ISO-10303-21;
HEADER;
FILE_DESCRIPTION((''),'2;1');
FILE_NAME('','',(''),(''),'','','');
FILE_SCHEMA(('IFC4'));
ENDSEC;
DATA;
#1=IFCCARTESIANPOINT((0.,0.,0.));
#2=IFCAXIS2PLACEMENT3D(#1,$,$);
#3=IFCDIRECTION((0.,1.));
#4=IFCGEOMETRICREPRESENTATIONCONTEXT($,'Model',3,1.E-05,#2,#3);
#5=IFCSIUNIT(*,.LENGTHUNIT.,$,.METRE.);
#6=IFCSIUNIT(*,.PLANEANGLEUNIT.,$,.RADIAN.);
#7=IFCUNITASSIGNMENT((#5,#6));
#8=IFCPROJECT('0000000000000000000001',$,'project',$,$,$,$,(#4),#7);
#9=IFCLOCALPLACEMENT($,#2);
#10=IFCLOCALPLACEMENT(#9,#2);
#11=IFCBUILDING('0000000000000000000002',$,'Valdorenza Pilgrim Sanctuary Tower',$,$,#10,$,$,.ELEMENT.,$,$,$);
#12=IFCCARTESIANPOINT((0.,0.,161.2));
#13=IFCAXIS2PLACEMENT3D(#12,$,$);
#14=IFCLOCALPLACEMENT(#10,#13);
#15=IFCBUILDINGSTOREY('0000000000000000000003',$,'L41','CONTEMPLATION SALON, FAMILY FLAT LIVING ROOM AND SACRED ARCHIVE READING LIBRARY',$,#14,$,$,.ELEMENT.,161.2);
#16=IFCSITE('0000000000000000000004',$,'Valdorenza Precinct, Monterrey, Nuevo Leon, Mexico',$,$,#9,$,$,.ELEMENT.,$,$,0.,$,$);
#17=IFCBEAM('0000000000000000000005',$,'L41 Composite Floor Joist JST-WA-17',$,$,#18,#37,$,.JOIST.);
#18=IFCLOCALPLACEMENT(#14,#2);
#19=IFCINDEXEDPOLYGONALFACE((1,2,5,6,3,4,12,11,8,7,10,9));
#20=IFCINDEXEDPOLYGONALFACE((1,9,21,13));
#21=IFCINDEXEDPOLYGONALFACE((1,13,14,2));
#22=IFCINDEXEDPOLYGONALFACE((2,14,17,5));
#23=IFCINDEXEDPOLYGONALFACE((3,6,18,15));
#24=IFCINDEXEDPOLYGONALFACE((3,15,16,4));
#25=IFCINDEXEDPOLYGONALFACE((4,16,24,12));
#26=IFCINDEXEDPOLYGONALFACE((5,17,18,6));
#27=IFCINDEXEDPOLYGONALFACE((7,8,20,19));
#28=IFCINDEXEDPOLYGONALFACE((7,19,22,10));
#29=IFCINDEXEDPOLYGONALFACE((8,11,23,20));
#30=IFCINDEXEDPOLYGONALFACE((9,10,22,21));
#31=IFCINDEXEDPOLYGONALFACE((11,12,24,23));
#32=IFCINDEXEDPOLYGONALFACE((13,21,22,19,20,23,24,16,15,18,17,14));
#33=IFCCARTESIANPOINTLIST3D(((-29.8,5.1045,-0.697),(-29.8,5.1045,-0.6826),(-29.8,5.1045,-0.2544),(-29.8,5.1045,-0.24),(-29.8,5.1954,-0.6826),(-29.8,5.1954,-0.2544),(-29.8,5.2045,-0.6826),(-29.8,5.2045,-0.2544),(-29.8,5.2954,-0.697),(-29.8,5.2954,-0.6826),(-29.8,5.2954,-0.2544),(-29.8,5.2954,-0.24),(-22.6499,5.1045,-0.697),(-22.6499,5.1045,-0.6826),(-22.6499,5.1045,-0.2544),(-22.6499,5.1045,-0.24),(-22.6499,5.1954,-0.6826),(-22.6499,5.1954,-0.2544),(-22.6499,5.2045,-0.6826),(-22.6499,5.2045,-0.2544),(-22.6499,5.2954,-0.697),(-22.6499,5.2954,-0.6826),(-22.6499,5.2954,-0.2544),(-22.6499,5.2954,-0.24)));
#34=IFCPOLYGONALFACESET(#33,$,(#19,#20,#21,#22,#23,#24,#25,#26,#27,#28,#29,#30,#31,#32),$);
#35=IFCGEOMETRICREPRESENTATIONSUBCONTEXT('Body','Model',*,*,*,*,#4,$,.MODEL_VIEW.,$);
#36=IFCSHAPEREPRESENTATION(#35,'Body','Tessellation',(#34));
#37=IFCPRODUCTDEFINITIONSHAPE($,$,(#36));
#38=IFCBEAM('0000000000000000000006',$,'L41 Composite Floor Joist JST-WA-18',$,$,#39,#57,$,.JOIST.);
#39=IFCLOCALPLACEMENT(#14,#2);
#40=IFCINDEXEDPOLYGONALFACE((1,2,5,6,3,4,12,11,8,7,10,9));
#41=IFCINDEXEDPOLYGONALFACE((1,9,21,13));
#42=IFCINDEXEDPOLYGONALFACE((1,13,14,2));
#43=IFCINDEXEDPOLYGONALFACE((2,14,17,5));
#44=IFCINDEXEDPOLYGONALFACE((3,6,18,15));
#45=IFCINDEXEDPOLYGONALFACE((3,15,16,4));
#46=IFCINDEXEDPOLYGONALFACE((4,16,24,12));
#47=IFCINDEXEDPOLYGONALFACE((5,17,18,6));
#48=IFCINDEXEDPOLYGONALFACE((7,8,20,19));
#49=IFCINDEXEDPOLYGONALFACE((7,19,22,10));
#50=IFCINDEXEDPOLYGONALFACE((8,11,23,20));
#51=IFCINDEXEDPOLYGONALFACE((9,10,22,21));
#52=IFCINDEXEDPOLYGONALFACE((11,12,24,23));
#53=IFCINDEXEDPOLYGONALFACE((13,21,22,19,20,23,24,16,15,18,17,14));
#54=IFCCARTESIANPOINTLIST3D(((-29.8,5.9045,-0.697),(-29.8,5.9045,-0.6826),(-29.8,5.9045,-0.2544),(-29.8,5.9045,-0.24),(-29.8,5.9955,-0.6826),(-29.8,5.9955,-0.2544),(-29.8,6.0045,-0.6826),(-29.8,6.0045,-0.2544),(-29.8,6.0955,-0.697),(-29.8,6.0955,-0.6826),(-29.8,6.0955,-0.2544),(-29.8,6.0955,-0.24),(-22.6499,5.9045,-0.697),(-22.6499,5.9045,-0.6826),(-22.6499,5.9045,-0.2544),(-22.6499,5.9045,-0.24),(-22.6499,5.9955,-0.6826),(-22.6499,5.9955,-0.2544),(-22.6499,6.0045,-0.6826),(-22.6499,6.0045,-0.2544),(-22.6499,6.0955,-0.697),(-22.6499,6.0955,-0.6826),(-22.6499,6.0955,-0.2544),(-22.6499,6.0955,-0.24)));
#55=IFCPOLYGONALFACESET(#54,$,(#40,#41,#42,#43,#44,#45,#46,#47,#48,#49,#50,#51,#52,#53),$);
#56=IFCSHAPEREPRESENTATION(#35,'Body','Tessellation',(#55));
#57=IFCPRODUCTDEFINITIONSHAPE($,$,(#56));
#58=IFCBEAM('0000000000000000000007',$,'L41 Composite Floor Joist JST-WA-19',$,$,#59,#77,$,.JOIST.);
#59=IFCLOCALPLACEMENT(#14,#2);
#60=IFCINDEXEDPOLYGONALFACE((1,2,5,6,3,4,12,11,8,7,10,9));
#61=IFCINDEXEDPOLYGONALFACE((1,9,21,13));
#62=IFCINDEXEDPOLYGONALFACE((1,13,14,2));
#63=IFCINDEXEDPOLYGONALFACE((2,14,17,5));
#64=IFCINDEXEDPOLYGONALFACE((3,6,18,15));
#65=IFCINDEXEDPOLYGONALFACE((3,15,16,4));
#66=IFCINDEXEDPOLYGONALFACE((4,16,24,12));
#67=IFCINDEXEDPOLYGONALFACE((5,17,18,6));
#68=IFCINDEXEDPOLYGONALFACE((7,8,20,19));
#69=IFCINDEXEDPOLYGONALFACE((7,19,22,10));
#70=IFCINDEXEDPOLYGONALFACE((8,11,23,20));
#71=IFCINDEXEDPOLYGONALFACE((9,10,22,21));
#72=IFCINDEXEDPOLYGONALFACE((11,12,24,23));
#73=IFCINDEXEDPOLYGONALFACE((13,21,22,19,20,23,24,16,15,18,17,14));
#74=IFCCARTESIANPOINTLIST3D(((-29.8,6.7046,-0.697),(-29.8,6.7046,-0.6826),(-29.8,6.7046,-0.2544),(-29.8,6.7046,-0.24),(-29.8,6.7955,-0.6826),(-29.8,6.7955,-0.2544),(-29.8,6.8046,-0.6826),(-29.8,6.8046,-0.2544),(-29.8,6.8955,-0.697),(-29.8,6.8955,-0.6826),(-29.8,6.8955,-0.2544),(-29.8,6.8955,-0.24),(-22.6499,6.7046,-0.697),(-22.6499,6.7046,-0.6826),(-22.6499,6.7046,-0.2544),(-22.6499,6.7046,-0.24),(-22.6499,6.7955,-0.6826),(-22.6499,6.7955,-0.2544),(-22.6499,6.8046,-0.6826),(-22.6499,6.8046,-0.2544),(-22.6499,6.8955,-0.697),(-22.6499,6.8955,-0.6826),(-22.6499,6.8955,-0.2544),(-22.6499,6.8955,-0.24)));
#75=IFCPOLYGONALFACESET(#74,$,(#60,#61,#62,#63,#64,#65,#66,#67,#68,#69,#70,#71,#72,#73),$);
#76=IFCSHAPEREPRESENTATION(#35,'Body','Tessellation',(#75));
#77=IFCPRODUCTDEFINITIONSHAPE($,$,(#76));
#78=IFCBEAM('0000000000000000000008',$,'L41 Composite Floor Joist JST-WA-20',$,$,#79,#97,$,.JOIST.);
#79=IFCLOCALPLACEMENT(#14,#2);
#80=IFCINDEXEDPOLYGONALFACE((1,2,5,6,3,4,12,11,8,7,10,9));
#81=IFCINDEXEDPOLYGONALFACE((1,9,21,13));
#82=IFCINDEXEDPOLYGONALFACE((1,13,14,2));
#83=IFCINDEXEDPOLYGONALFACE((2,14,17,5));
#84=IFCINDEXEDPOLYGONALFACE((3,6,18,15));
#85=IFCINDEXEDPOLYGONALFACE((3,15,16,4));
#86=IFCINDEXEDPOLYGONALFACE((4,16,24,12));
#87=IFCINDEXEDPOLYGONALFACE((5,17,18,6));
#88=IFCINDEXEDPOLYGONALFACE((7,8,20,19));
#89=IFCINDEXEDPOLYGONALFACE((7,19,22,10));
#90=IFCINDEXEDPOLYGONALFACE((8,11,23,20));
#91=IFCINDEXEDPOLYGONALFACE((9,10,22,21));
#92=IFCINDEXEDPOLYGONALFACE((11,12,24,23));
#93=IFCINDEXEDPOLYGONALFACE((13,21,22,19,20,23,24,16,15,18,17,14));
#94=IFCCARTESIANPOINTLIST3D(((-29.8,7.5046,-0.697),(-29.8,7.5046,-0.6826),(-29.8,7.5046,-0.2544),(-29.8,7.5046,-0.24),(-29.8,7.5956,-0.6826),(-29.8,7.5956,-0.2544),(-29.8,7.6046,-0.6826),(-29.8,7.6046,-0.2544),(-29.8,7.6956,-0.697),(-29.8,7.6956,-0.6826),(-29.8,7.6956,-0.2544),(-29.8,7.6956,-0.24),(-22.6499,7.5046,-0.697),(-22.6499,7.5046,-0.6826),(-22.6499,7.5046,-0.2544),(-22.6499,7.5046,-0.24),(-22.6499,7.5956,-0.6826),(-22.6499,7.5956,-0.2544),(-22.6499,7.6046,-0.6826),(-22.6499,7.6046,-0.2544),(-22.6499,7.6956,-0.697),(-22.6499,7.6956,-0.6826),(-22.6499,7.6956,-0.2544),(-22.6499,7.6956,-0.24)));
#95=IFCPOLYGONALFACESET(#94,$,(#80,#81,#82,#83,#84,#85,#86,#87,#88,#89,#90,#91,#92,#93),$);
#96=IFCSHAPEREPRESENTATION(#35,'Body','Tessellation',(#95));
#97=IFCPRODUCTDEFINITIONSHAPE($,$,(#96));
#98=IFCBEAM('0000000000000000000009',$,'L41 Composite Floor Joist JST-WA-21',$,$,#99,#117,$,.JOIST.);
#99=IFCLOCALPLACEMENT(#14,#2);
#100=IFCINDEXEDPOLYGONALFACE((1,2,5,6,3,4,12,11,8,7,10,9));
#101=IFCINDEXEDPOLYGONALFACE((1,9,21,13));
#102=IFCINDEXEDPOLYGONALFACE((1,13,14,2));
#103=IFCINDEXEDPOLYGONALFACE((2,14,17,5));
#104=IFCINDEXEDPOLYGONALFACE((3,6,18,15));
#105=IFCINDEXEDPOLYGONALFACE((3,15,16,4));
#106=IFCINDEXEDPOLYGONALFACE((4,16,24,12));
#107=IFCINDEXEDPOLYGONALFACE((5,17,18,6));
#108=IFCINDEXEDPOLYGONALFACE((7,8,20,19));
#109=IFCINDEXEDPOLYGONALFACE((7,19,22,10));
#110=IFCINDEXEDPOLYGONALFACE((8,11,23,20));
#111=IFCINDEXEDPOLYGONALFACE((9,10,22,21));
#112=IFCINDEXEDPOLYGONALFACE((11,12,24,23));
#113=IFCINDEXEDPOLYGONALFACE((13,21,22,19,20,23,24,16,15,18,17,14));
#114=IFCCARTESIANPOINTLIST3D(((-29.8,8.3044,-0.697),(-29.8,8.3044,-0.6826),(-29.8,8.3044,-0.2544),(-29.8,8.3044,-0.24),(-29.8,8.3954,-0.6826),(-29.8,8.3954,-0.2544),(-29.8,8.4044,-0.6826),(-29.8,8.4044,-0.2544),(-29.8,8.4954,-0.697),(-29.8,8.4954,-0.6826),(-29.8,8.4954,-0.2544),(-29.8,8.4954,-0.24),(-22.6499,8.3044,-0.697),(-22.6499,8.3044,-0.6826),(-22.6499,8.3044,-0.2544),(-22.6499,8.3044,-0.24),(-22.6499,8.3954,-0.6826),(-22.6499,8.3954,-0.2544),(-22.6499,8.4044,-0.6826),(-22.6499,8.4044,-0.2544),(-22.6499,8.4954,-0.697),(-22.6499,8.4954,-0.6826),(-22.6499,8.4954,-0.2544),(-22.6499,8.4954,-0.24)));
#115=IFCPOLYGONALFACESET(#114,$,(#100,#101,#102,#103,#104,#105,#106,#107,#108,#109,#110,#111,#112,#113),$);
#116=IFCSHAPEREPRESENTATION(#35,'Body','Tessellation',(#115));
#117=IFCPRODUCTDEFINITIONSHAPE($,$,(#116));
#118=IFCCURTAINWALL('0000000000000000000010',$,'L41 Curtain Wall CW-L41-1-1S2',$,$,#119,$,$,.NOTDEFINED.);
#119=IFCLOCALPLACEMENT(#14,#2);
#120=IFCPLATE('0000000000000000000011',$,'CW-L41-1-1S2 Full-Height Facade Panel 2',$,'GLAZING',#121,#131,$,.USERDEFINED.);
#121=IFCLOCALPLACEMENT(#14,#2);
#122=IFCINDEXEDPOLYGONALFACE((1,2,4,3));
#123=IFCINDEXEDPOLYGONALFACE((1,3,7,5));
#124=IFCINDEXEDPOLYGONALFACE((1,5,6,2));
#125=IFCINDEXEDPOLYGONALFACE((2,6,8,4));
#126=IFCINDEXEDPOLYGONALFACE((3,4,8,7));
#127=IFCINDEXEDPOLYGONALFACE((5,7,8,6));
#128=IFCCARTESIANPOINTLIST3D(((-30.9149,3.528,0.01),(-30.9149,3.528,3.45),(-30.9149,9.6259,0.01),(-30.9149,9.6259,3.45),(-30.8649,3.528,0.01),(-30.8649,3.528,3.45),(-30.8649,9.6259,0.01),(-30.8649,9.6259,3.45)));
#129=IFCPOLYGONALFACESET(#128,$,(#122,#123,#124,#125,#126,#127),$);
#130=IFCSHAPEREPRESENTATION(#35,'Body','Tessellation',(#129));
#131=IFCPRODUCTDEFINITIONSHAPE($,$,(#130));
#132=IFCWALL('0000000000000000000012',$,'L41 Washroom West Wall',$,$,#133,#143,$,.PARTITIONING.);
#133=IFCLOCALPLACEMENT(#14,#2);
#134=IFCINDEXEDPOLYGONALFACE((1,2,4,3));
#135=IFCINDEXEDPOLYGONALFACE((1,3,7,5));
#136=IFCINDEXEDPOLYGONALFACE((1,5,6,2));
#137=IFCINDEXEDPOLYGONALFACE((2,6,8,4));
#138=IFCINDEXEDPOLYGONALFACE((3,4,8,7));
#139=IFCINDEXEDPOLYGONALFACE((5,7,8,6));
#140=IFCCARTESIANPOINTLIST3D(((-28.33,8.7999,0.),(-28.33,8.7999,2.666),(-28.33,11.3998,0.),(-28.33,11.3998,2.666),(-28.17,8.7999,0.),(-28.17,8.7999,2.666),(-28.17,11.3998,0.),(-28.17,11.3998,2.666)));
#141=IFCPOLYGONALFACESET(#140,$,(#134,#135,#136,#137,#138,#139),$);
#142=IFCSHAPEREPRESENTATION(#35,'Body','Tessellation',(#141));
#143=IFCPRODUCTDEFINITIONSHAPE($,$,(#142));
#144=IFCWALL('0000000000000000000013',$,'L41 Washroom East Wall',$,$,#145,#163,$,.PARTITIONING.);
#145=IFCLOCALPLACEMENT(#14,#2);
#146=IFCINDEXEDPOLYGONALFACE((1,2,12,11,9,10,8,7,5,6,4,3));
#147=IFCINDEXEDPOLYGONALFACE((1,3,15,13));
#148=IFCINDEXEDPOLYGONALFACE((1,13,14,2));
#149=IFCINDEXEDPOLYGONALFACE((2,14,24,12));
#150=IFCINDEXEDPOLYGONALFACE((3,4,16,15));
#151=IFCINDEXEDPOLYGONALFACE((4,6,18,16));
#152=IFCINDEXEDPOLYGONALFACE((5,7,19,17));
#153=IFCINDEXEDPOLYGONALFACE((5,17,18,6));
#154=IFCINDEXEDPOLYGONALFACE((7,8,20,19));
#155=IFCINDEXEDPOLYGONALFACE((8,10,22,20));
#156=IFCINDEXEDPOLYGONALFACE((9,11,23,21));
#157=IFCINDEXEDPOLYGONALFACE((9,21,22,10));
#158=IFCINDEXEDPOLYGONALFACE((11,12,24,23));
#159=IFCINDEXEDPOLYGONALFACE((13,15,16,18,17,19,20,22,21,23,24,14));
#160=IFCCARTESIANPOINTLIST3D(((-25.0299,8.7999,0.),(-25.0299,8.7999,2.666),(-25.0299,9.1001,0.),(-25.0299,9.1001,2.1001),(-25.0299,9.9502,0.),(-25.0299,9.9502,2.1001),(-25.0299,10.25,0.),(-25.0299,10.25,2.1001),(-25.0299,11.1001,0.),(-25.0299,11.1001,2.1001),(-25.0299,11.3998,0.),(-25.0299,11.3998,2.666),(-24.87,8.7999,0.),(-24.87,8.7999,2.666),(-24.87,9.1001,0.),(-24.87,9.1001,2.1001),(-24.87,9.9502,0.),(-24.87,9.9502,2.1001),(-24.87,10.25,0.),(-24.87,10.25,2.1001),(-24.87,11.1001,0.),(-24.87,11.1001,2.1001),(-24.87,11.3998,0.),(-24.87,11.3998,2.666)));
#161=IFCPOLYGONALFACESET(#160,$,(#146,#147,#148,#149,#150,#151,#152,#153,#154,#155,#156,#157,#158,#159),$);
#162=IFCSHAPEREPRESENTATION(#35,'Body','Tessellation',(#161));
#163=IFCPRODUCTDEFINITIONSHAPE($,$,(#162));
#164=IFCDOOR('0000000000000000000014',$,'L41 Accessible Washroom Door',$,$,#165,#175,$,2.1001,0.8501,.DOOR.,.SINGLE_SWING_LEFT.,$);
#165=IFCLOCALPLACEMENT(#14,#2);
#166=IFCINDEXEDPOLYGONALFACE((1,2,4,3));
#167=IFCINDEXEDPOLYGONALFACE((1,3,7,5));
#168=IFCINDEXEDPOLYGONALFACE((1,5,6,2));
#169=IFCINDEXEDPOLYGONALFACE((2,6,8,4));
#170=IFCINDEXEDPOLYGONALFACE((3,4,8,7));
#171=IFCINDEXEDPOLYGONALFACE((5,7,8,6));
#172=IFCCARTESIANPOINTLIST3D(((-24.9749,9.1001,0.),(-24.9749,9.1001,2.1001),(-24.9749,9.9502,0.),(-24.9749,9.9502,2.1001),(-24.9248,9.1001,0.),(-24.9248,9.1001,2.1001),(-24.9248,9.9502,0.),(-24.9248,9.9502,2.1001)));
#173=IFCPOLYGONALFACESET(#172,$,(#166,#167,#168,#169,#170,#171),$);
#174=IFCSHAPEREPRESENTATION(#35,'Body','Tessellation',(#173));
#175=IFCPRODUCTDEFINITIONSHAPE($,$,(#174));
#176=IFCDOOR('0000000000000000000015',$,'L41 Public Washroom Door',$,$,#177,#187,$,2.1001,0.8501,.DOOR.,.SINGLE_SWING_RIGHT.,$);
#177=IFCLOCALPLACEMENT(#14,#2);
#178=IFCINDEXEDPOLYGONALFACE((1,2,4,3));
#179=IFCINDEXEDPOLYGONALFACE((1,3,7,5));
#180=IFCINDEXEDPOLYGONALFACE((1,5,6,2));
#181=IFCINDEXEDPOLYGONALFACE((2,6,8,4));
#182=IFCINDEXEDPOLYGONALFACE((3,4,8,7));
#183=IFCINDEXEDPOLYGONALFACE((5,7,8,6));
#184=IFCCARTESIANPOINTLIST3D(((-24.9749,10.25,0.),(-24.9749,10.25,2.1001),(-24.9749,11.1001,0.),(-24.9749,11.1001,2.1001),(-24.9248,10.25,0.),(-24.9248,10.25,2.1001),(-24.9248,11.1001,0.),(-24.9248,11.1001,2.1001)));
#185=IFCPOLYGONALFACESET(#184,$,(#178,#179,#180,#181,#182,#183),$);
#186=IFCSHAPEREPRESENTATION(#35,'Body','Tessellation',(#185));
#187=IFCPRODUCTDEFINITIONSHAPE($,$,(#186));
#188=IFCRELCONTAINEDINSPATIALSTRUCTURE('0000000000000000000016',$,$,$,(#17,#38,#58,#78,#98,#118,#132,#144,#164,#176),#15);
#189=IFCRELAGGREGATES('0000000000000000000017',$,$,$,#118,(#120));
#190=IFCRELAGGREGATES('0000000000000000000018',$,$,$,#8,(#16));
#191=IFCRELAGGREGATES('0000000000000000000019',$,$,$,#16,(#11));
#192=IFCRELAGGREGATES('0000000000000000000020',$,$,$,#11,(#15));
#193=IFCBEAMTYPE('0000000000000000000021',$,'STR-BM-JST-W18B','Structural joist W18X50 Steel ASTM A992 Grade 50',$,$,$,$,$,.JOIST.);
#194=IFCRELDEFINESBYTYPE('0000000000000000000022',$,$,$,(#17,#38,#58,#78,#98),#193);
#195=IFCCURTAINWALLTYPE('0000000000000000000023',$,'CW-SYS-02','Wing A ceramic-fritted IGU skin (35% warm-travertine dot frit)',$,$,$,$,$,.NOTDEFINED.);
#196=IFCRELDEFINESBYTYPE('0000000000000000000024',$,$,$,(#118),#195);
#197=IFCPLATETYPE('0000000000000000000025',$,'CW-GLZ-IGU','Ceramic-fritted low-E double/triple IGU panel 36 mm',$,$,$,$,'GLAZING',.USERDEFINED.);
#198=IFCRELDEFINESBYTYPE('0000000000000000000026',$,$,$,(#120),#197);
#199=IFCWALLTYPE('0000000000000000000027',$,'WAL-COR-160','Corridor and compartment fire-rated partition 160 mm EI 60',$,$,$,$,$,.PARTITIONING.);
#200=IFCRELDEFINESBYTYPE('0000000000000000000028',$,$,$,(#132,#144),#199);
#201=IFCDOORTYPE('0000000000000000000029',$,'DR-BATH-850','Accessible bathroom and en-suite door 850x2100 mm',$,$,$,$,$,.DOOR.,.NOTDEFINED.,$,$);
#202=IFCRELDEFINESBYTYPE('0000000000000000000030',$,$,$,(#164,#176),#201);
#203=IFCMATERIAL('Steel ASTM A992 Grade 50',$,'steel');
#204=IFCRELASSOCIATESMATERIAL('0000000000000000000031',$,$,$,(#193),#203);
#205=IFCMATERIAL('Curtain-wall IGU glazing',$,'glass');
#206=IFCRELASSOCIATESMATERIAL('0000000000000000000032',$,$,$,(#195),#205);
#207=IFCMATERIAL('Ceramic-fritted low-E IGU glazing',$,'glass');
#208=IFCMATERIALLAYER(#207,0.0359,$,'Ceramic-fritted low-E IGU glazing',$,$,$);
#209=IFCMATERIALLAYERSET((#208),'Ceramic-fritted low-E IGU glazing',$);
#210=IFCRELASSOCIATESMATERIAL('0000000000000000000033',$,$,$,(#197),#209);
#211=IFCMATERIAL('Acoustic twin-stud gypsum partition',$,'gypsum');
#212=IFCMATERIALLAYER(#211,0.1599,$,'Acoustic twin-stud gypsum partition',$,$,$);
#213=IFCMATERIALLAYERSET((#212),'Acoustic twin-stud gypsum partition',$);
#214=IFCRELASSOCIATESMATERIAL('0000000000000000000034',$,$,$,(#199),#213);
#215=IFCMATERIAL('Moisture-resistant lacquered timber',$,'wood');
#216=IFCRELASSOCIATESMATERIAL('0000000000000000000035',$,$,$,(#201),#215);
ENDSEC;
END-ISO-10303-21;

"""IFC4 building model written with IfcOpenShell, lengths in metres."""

from ifc_helpers import new_model, si_unit, direction, frame, frame_2d, origin, origin_2d, place, context, subcontext, project, spatial, rectangle, i_section, extrude, source, transform, mapped, material, layer, layer_set, material_profile, profile_set, type_object, element, fill, aggregate, save


model = new_model("IFC4")

# Units and contexts
model_context = context("Model", 3, precision=1e-05, world=origin(), true_north=direction((0.0, 1.0)))
body_context = subcontext(model_context, "Body", "Model", "MODEL_VIEW")
ifc_project = project(units=[si_unit("LENGTHUNIT", "METRE"), si_unit("PLANEANGLEUNIT", "RADIAN")], contexts=[model_context])

# Site, building, storey
site_placement = place(None, origin())
site = spatial("IfcSite", under=ifc_project, at=site_placement, Name="Valdorenza Precinct, Monterrey, Nuevo Leon, Mexico", CompositionType="ELEMENT", RefElevation=0.0)
building_placement = place(site_placement, origin())
building = spatial("IfcBuilding", under=site, at=building_placement, Name="Valdorenza Pilgrim Sanctuary Tower", CompositionType="ELEMENT")
storey_placement = place(building_placement, frame((0.0, 0.0, 161.2)))
storey = spatial("IfcBuildingStorey", under=building, at=storey_placement, Name="L41", Description="CONTEMPLATION SALON, FAMILY FLAT LIVING ROOM AND SACRED ARCHIVE READING LIBRARY", CompositionType="ELEMENT", Elevation=161.2)

# Beams
ifc_material_1 = material(Name="Steel ASTM A992 Grade 50", Category="steel")
ifc_material_profile = material_profile(ifc_material_1, i_section(OverallWidth=0.1909, OverallDepth=0.457, WebThickness=0.009, FlangeThickness=0.0144, at=origin_2d()), Name="W18X50")
ifc_profile_set = profile_set([ifc_material_profile], Name="Steel ASTM A992 Grade 50")
beam_type = type_object("IfcBeamType", Name="STR-BM-JST-W18B", Description="Structural joist W18X50 Steel ASTM A992 Grade 50", PredefinedType="JOIST", material=ifc_profile_set)
shared_shape_1 = source(origin(), body_context, "Body", "SweptSolid", [
    extrude(i_section(OverallWidth=0.1909, OverallDepth=0.457, WebThickness=0.009, FlangeThickness=0.0144, at=origin_2d()), origin(), (0.0, 0.0, 1.0), 7.1501),
])
for number, where, z_axis, x_axis, name in (
    (1, (-29.8, 5.2, -0.4685), (1.0, 0.0, 0.0), (0.0, 1.0, 0.0), "L41 Composite Floor Joist JST-WA-17"),
    (2, (-29.8, 6.0, -0.4685), (1.0, 0.0, 0.0), (0.0, 1.0, 0.0), "L41 Composite Floor Joist JST-WA-18"),
    (3, (-29.8, 6.8, -0.4685), (1.0, 0.0, 0.0), (0.0, 1.0, 0.0), "L41 Composite Floor Joist JST-WA-19"),
    (4, (-29.8, 7.6001, -0.4685), (1.0, 0.0, 0.0), (0.0, 1.0, 0.0), "L41 Composite Floor Joist JST-WA-20"),
    (5, (-29.8, 8.3999, -0.4685), (1.0, 0.0, 0.0), (0.0, 1.0, 0.0), "L41 Composite Floor Joist JST-WA-21"),
):
    element("IfcBeam", number, at=place(storey_placement, frame(where, z_axis=z_axis, x_axis=x_axis)), inside=storey, type_object=beam_type, Name=name, PredefinedType="JOIST", context=body_context, shape_type="MappedRepresentation", body=[
        mapped(shared_shape_1, transform((0.0, 0.0, 0.0), x_axis=(1.0, 0.0, 0.0), y_axis=(0.0, 1.0, 0.0), z_axis=(0.0, 0.0, 1.0), scale=1.0)),
    ])

# Curtain wall, plate
ifc_material_2 = material(Name="Curtain-wall IGU glazing", Category="glass")
curtain_wall_type = type_object("IfcCurtainWallType", Name="CW-SYS-02", Description="Wing A ceramic-fritted IGU skin (35% warm-travertine dot frit)", PredefinedType="NOTDEFINED", material=ifc_material_2)
curtain_wall_placement = place(storey_placement, origin())
curtain_wall = element("IfcCurtainWall", 6, at=curtain_wall_placement, inside=storey, type_object=curtain_wall_type, Name="L41 Curtain Wall CW-L41-1-1S2", PredefinedType="NOTDEFINED")
ifc_material_3 = material(Name="Ceramic-fritted low-E IGU glazing", Category="glass")
ifc_layer_1 = layer(ifc_material_3, 0.0359, Name="Ceramic-fritted low-E IGU glazing")
ifc_layer_set_1 = layer_set([ifc_layer_1], Name="Ceramic-fritted low-E IGU glazing")
plate_type = type_object("IfcPlateType", Name="CW-GLZ-IGU", Description="Ceramic-fritted low-E double/triple IGU panel 36 mm", ElementType="GLAZING", PredefinedType="USERDEFINED", material=ifc_layer_set_1)
shared_shape_2 = source(origin(), body_context, "Body", "SweptSolid", [
    extrude(rectangle(XDim=6.0979, YDim=0.05, at=origin_2d()), origin(), (0.0, 0.0, 1.0), 3.4399),
])
plate_placement = place(storey_placement, frame((-30.8899, 6.5769, 0.01), z_axis=(0.0, 0.0, 1.0), x_axis=(0.0, 1.0, 0.0)))
plate = element("IfcPlate", 7, at=plate_placement, type_object=plate_type, Name="CW-L41-1-1S2 Full-Height Facade Panel 2", ObjectType="GLAZING", PredefinedType="USERDEFINED", context=body_context, shape_type="MappedRepresentation", body=[
    mapped(shared_shape_2, transform((0.0, 0.0, 0.0), x_axis=(1.0, 0.0, 0.0), y_axis=(0.0, 1.0, 0.0), z_axis=(0.0, 0.0, 1.0), scale=1.0)),
])
aggregate(curtain_wall, [plate])

# Wall
ifc_material_4 = material(Name="Acoustic twin-stud gypsum partition", Category="gypsum")
ifc_layer_2 = layer(ifc_material_4, 0.1599, Name="Acoustic twin-stud gypsum partition")
ifc_layer_set_2 = layer_set([ifc_layer_2], Name="Acoustic twin-stud gypsum partition")
wall_type = type_object("IfcWallType", Name="WAL-COR-160", Description="Corridor and compartment fire-rated partition 160 mm EI 60", PredefinedType="PARTITIONING", material=ifc_layer_set_2)
wall_1_placement = place(storey_placement, frame((-28.25, 8.8, 0.0), z_axis=(0.0, 0.0, 1.0), x_axis=(0.0, 1.0, 0.0)))
element("IfcWall", 8, at=wall_1_placement, inside=storey, type_object=wall_type, Name="L41 Washroom West Wall", PredefinedType="PARTITIONING", context=body_context, shape_type="SweptSolid", body=[
    extrude(rectangle(XDim=2.5999, YDim=0.1599, at=frame_2d((1.2998, 0.0))), origin(), (0.0, 0.0, 1.0), 2.666),
])

# Wall, openings, doors
wall_2_placement = place(storey_placement, frame((-24.95, 8.8, 0.0), z_axis=(0.0, 0.0, 1.0), x_axis=(0.0, 1.0, 0.0)))
wall_2 = element("IfcWall", 9, at=wall_2_placement, inside=storey, type_object=wall_type, Name="L41 Washroom East Wall", PredefinedType="PARTITIONING", context=body_context, shape_type="SweptSolid", body=[
    extrude(rectangle(XDim=2.5999, YDim=0.1599, at=frame_2d((1.2998, 0.0))), origin(), (0.0, 0.0, 1.0), 2.666),
])
opening_1_placement = place(wall_2_placement, frame((0.3, 0.0, 0.0)))
opening_1 = element("IfcOpeningElement", 10, at=opening_1_placement, cuts=wall_2, PredefinedType="OPENING", context=body_context, shape_type="SweptSolid", body=[
    extrude(rectangle(XDim=0.8501, YDim=2.1001, at=frame_2d((0.425, 1.05))), frame((0.0, 0.0947, 0.0), z_axis=(0.0, -1.0, 0.0), x_axis=(1.0, 0.0, 0.0)), (0.0, 0.0, 1.0), 0.1897),
])
opening_2_placement = place(wall_2_placement, frame((1.45, 0.0, 0.0)))
opening_2 = element("IfcOpeningElement", 11, at=opening_2_placement, cuts=wall_2, PredefinedType="OPENING", context=body_context, shape_type="SweptSolid", body=[
    extrude(rectangle(XDim=0.8501, YDim=2.1001, at=frame_2d((0.425, 1.05))), frame((0.0, 0.0947, 0.0), z_axis=(0.0, -1.0, 0.0), x_axis=(1.0, 0.0, 0.0)), (0.0, 0.0, 1.0), 0.1897),
])
ifc_material_5 = material(Name="Moisture-resistant lacquered timber", Category="wood")
door_type_1 = type_object("IfcDoorType", Name="DR-BATH-850", Description="Accessible bathroom and en-suite door 850x2100 mm", OperationType="NOTDEFINED", PredefinedType="DOOR", material=ifc_material_5)
door_1_placement = place(opening_1_placement, origin())
door_1 = element("IfcDoor", 12, at=door_1_placement, inside=storey, type_object=door_type_1, Name="L41 Accessible Washroom Door", OperationType="SINGLE_SWING_LEFT", OverallHeight=2.1001, OverallWidth=0.8501, PredefinedType="DOOR", context=body_context, shape_type="SweptSolid", body=[
    extrude(rectangle(XDim=0.8501, YDim=2.1001, at=frame_2d((0.425, 1.05))), frame((0.0, 0.0249, 0.0), z_axis=(0.0, -1.0, 0.0), x_axis=(1.0, 0.0, 0.0)), (0.0, 0.0, 1.0), 0.05),
])
fill(opening_1, door_1)
door_2_placement = place(opening_2_placement, origin())
door_2 = element("IfcDoor", 13, at=door_2_placement, inside=storey, type_object=door_type_1, Name="L41 Public Washroom Door", OperationType="SINGLE_SWING_RIGHT", OverallHeight=2.1001, OverallWidth=0.8501, PredefinedType="DOOR", context=body_context, shape_type="SweptSolid", body=[
    extrude(rectangle(XDim=0.8501, YDim=2.1001, at=frame_2d((0.425, 1.05))), frame((0.0, 0.0249, 0.0), z_axis=(0.0, -1.0, 0.0), x_axis=(1.0, 0.0, 0.0)), (0.0, 0.0, 1.0), 0.05),
])
fill(opening_2, door_2)

save(model, "model.ifc")
